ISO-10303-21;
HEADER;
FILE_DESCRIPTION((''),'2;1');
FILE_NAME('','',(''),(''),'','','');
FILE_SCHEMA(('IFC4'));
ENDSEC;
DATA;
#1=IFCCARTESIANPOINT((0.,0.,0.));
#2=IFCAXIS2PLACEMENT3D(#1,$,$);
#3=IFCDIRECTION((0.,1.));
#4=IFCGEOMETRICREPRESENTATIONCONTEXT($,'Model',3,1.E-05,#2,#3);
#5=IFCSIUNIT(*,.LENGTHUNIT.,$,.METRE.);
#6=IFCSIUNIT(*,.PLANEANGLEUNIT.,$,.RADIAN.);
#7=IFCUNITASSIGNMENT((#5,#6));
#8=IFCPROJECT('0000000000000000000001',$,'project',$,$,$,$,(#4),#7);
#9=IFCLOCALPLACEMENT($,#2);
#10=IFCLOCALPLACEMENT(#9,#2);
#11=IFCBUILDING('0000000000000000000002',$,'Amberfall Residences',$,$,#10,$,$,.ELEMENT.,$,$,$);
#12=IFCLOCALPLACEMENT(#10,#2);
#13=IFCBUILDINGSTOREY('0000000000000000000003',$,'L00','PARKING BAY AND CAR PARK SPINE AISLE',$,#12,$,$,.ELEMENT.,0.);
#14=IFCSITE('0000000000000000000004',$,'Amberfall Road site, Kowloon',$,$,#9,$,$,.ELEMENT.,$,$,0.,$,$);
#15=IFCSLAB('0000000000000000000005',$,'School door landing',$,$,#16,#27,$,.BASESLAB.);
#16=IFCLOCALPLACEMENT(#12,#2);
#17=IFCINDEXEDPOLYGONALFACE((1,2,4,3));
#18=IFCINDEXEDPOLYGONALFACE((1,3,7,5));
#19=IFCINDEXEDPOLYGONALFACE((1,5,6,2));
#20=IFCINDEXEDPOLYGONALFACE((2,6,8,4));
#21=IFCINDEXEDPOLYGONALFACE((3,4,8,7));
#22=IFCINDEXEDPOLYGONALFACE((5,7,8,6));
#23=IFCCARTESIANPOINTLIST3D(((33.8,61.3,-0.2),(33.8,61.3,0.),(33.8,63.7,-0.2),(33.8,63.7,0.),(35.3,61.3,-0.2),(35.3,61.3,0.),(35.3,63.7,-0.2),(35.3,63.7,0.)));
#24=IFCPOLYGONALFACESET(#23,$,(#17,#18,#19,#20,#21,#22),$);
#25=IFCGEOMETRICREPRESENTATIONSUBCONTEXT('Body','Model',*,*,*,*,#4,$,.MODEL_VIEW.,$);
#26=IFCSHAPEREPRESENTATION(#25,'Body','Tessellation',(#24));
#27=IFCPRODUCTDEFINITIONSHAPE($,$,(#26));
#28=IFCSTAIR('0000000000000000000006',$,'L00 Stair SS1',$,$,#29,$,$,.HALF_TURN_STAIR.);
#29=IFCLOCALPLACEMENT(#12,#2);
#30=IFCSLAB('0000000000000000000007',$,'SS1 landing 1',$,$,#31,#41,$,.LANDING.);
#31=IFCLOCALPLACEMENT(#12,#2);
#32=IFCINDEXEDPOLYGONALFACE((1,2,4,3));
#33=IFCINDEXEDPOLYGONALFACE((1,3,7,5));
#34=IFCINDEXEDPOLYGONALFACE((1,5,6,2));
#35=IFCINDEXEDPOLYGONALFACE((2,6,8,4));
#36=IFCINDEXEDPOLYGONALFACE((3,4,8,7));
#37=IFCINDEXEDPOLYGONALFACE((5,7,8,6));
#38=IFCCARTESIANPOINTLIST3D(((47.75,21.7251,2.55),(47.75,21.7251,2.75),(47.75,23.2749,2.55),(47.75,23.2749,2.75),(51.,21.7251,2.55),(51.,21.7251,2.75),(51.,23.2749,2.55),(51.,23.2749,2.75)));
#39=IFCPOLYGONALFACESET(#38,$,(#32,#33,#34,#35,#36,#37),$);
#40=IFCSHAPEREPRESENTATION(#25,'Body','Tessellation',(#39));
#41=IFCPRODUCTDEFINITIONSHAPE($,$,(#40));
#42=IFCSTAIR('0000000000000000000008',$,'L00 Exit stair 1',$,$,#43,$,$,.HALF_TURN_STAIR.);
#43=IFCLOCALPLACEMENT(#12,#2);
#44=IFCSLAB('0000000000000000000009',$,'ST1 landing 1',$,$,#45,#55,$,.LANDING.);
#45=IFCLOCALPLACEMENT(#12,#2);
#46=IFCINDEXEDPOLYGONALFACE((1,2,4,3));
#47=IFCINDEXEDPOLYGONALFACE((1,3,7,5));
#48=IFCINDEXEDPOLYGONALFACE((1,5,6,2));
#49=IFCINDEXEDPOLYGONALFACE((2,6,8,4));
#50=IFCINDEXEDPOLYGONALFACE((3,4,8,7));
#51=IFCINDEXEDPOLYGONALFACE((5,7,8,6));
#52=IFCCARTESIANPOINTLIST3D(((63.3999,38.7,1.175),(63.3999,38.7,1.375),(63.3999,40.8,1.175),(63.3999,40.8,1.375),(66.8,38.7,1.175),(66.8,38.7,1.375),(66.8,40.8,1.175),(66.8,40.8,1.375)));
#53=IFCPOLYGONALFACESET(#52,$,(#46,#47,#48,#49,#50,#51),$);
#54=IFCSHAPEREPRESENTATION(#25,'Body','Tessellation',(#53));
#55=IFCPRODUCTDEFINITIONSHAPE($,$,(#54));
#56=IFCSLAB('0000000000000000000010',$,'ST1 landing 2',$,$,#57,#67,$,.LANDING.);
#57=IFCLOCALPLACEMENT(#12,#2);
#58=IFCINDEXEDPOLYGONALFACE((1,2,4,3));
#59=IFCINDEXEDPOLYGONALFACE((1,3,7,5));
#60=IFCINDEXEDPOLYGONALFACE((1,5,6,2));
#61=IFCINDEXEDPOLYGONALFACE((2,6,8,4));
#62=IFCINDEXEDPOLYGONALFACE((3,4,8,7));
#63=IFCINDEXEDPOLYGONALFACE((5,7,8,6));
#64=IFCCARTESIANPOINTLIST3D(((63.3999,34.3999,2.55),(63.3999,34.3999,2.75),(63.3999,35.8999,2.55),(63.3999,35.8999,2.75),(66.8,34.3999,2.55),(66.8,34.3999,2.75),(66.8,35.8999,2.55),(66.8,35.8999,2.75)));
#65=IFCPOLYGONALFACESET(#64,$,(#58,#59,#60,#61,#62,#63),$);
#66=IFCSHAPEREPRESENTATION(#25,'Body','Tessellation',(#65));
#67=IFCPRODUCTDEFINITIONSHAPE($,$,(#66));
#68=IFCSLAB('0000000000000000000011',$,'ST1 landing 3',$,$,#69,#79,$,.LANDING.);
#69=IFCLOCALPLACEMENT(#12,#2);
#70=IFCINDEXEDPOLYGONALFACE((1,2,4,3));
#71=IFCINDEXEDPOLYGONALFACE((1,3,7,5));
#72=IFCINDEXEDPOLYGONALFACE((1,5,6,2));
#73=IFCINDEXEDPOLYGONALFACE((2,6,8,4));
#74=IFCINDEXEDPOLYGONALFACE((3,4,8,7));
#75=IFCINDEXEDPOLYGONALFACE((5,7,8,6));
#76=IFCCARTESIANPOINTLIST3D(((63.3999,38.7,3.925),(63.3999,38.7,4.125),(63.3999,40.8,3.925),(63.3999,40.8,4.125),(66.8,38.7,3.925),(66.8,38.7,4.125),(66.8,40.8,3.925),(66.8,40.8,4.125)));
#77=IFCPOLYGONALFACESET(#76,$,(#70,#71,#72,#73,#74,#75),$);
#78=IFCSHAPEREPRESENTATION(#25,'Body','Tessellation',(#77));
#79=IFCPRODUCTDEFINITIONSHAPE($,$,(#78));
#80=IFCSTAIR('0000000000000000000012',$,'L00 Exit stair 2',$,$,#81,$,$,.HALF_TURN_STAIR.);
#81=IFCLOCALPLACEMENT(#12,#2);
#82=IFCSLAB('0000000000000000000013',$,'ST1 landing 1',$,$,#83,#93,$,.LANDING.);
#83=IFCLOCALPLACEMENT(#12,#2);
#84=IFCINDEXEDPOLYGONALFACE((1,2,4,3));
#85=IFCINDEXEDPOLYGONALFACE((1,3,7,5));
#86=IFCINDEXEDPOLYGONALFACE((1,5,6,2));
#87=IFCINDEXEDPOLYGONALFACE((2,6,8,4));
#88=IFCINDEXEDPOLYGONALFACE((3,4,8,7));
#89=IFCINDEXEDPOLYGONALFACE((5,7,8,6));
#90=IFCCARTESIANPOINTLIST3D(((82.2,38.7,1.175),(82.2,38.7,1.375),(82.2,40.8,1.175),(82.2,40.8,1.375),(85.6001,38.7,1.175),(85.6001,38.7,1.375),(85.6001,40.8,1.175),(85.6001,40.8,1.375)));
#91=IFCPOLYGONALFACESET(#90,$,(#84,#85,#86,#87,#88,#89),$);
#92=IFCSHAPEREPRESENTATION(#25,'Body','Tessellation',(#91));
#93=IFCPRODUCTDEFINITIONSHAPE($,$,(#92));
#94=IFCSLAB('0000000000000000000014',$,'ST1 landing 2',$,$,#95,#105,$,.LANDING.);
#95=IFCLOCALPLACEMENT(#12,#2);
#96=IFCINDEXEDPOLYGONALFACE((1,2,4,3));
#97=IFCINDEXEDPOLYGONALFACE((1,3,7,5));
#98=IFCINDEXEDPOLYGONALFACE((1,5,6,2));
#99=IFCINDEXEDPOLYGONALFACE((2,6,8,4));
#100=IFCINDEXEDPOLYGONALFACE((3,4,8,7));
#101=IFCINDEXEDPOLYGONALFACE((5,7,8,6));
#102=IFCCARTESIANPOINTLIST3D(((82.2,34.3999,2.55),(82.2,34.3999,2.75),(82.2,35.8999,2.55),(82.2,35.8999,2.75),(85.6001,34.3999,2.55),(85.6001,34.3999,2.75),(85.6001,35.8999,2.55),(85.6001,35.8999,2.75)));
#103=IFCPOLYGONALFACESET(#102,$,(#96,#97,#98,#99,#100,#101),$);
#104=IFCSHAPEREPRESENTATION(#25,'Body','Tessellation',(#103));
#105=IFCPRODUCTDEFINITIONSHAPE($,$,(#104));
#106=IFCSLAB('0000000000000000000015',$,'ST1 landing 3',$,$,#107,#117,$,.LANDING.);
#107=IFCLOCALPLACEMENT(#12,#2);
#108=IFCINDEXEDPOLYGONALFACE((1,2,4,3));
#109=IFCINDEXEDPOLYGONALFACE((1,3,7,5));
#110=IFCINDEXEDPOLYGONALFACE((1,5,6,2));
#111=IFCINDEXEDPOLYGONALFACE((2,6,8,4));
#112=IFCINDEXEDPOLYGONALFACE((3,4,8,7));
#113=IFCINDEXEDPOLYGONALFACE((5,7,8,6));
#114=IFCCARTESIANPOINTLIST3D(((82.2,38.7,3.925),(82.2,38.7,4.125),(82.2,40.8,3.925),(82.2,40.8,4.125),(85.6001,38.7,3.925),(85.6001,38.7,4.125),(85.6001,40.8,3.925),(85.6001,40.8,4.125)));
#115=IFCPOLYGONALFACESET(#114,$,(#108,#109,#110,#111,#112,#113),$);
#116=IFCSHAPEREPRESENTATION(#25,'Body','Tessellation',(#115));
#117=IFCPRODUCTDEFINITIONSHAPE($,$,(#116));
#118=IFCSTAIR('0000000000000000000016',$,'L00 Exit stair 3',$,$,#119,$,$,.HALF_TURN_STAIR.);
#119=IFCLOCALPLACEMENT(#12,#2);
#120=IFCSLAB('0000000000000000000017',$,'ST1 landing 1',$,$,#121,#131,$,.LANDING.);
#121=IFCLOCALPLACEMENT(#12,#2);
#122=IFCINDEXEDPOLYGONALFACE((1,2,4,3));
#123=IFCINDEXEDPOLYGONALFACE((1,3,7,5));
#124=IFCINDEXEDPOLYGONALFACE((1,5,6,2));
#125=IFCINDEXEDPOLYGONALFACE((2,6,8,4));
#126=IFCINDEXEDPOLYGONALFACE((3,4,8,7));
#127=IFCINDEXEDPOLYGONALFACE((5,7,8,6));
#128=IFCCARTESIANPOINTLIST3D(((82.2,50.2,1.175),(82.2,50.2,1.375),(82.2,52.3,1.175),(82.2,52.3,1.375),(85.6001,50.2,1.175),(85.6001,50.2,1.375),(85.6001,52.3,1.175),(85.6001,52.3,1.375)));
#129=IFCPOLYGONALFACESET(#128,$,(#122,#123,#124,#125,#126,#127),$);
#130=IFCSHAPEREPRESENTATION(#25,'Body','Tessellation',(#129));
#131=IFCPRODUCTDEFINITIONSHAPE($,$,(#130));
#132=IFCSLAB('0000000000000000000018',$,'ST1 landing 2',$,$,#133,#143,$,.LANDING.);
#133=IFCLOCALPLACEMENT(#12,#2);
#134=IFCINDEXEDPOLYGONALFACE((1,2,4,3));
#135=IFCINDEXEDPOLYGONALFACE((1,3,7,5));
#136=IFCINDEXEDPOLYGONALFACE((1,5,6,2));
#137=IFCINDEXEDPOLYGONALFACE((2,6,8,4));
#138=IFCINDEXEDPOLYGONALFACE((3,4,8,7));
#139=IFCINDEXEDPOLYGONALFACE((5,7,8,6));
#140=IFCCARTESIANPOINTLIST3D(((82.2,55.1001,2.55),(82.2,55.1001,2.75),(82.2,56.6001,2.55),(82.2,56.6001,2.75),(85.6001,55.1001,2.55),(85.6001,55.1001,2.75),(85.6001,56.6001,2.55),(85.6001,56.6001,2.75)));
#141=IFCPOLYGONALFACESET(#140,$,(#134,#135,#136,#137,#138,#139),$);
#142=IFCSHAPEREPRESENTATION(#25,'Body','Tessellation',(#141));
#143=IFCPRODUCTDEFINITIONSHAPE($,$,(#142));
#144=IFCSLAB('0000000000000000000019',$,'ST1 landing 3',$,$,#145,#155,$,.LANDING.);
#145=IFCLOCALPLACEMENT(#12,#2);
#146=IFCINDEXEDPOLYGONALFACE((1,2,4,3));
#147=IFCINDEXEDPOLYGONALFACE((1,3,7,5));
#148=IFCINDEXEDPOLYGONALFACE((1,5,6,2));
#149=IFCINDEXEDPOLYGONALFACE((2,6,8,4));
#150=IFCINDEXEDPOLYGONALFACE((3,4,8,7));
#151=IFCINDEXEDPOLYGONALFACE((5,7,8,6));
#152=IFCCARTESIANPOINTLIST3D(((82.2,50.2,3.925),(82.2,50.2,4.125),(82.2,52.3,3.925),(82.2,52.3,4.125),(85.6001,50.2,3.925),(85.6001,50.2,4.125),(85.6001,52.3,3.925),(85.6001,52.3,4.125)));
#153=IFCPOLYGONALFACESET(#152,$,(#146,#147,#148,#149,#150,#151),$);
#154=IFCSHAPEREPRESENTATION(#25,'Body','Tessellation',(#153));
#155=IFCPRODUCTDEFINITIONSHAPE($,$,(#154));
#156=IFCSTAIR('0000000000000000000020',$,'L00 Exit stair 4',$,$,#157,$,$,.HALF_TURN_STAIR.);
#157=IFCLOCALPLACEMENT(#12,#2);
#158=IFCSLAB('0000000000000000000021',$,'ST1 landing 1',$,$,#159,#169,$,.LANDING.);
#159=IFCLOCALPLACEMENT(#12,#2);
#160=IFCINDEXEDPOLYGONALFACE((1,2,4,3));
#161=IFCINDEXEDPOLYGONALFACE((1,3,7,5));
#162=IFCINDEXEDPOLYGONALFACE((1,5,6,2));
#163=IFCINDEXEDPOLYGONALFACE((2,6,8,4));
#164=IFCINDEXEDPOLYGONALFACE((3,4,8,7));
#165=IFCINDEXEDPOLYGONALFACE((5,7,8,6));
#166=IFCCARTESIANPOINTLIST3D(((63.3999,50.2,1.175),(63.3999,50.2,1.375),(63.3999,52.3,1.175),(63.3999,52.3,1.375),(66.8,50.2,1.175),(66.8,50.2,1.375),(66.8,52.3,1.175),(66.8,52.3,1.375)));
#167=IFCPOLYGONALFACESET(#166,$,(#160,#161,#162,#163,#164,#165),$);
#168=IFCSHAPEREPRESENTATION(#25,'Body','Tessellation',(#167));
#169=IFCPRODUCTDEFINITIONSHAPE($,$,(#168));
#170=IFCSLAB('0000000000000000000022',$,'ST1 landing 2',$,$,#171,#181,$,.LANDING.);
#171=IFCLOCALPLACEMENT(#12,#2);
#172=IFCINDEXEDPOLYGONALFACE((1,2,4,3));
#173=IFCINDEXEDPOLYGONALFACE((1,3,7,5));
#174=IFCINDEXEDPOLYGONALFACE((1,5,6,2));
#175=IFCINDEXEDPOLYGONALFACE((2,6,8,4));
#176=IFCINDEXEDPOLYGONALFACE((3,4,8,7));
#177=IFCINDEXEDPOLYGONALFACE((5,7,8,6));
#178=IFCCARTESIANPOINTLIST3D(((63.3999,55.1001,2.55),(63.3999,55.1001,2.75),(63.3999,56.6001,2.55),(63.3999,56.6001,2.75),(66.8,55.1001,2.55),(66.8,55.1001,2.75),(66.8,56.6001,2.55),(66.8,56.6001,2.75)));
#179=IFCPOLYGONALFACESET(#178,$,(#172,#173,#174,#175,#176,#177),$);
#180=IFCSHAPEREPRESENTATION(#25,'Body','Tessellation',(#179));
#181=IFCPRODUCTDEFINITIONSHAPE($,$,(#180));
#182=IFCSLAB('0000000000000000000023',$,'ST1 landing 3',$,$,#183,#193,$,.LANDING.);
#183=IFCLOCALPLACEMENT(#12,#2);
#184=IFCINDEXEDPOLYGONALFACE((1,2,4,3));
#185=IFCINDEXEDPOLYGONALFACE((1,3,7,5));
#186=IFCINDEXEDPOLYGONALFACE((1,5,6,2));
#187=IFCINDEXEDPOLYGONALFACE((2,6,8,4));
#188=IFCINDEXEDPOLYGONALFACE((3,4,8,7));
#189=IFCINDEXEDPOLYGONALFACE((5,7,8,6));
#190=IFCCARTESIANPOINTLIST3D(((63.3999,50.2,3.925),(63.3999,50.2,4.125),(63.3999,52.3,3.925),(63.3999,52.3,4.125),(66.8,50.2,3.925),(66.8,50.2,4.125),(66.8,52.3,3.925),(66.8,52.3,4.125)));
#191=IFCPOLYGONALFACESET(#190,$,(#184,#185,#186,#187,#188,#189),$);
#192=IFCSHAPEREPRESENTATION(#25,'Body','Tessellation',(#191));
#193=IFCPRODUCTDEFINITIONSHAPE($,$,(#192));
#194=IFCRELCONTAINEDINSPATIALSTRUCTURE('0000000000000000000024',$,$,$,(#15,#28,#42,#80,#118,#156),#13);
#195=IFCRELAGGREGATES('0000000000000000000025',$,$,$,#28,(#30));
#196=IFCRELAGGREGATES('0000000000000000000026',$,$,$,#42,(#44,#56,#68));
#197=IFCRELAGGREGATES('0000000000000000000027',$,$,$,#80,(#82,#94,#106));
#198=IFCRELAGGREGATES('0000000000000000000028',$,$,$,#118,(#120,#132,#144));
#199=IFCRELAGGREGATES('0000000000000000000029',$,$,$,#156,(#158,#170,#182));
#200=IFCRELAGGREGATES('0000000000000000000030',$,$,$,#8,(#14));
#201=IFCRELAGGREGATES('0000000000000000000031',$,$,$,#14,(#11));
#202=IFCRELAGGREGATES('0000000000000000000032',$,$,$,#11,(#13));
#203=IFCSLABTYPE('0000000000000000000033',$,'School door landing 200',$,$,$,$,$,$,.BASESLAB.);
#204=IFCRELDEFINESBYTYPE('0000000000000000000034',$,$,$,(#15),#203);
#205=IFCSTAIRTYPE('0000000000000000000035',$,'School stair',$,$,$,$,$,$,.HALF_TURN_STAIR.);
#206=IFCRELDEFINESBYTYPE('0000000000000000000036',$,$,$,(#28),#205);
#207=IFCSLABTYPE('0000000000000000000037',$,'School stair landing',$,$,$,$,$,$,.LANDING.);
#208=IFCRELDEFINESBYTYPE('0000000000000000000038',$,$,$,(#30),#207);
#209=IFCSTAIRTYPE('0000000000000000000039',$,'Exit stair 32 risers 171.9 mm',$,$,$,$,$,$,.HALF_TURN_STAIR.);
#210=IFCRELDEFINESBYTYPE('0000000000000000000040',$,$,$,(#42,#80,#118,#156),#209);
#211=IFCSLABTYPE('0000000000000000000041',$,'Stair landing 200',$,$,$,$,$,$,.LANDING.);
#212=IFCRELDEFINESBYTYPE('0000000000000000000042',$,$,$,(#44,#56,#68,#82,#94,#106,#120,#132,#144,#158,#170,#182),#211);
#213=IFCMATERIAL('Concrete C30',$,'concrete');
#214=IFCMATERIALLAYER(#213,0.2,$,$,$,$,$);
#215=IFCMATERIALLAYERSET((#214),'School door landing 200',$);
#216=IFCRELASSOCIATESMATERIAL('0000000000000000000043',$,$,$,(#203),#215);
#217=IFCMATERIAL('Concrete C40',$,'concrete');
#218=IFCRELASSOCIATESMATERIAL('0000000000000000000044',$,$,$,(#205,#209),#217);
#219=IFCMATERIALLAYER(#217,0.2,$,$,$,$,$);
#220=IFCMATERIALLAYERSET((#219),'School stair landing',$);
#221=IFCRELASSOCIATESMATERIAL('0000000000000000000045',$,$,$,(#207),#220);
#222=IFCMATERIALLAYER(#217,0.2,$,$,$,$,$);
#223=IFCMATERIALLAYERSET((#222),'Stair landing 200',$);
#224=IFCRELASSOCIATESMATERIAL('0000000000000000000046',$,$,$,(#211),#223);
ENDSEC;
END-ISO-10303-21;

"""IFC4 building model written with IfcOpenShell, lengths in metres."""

from ifc_helpers import new_model, si_unit, direction, frame, origin, place, context, subcontext, project, spatial, polyline, outline, extrude, material, layer, layer_set, type_object, element, aggregate, save


model = new_model("IFC4")

# Units and contexts
model_context = context("Model", 3, precision=1e-05, world=origin(), true_north=direction((0.0, 1.0)))
body_context = subcontext(model_context, "Body", "Model", "MODEL_VIEW")
ifc_project = project(units=[si_unit("LENGTHUNIT", "METRE"), si_unit("PLANEANGLEUNIT", "RADIAN")], contexts=[model_context])

# Site, building, storey
site_placement = place(None, origin())
site = spatial("IfcSite", under=ifc_project, at=site_placement, Name="Amberfall Road site, Kowloon", CompositionType="ELEMENT", RefElevation=0.0)
building_placement = place(site_placement, origin())
building = spatial("IfcBuilding", under=site, at=building_placement, Name="Amberfall Residences", CompositionType="ELEMENT")
storey_placement = place(building_placement, origin())
storey = spatial("IfcBuildingStorey", under=building, at=storey_placement, Name="L00", Description="PARKING BAY AND CAR PARK SPINE AISLE", CompositionType="ELEMENT", Elevation=0.0)

# Slab
ifc_material_1 = material(Name="Concrete C30", Category="concrete")
ifc_layer_1 = layer(ifc_material_1, 0.2)
ifc_layer_set_1 = layer_set([ifc_layer_1], Name="School door landing 200")
slab_type_1 = type_object("IfcSlabType", Name="School door landing 200", PredefinedType="BASESLAB", material=ifc_layer_set_1)
slab_1_placement = place(storey_placement, frame((0.0, 0.0, -0.2)))
element("IfcSlab", 1, at=slab_1_placement, inside=storey, type_object=slab_type_1, Name="School door landing", PredefinedType="BASESLAB", context=body_context, shape_type="SweptSolid", body=[
    extrude(outline(polyline([(33.8, 61.3), (35.3, 61.3), (35.3, 63.7), (33.8, 63.7), (33.8, 61.3)])), origin(), (0.0, 0.0, 1.0), 0.2),
])

# Stair, slab
ifc_material_2 = material(Name="Concrete C40", Category="concrete")
stair_type_1 = type_object("IfcStairType", Name="School stair", PredefinedType="HALF_TURN_STAIR", material=ifc_material_2)
stair_1_placement = place(storey_placement, origin())
stair_1 = element("IfcStair", 2, at=stair_1_placement, inside=storey, type_object=stair_type_1, Name="L00 Stair SS1", PredefinedType="HALF_TURN_STAIR")
ifc_layer_2 = layer(ifc_material_2, 0.2)
ifc_layer_set_2 = layer_set([ifc_layer_2], Name="School stair landing")
slab_type_2 = type_object("IfcSlabType", Name="School stair landing", PredefinedType="LANDING", material=ifc_layer_set_2)
slab_2_placement = place(storey_placement, frame((0.0, 0.0, 2.55)))
slab_2 = element("IfcSlab", 3, at=slab_2_placement, type_object=slab_type_2, Name="SS1 landing 1", PredefinedType="LANDING", context=body_context, shape_type="SweptSolid", body=[
    extrude(outline(polyline([(51.0, 21.7251), (51.0, 23.2749), (47.75, 23.2749), (47.75, 21.7251), (51.0, 21.7251)])), origin(), (0.0, 0.0, 1.0), 0.2),
])
aggregate(stair_1, [slab_2])

# Stairs, slabs
stair_type_2 = type_object("IfcStairType", Name="Exit stair 32 risers 171.9 mm", PredefinedType="HALF_TURN_STAIR", material=ifc_material_2)
stair_2_placement = place(storey_placement, origin())
stair_2 = element("IfcStair", 4, at=stair_2_placement, inside=storey, type_object=stair_type_2, Name="L00 Exit stair 1", PredefinedType="HALF_TURN_STAIR")
ifc_layer_3 = layer(ifc_material_2, 0.2)
ifc_layer_set_3 = layer_set([ifc_layer_3], Name="Stair landing 200")
slab_type_3 = type_object("IfcSlabType", Name="Stair landing 200", PredefinedType="LANDING", material=ifc_layer_set_3)
slab_3_placement = place(storey_placement, frame((0.0, 0.0, 1.175)))
slab_3 = element("IfcSlab", 5, at=slab_3_placement, type_object=slab_type_3, Name="ST1 landing 1", PredefinedType="LANDING", context=body_context, shape_type="SweptSolid", body=[
    extrude(outline(polyline([(66.8, 38.7), (66.8, 40.8), (63.3999, 40.8), (63.3999, 38.7), (66.8, 38.7)])), origin(), (0.0, 0.0, 1.0), 0.2),
])
slab_4_placement = place(storey_placement, frame((0.0, 0.0, 2.55)))
slab_4 = element("IfcSlab", 6, at=slab_4_placement, type_object=slab_type_3, Name="ST1 landing 2", PredefinedType="LANDING", context=body_context, shape_type="SweptSolid", body=[
    extrude(outline(polyline([(66.8, 34.3999), (66.8, 35.8999), (63.3999, 35.8999), (63.3999, 34.3999), (66.8, 34.3999)])), origin(), (0.0, 0.0, 1.0), 0.2),
])
slab_5_placement = place(storey_placement, frame((0.0, 0.0, 3.925)))
slab_5 = element("IfcSlab", 7, at=slab_5_placement, type_object=slab_type_3, Name="ST1 landing 3", PredefinedType="LANDING", context=body_context, shape_type="SweptSolid", body=[
    extrude(outline(polyline([(66.8, 38.7), (66.8, 40.8), (63.3999, 40.8), (63.3999, 38.7), (66.8, 38.7)])), origin(), (0.0, 0.0, 1.0), 0.2),
])
aggregate(stair_2, [slab_3, slab_4, slab_5])
stair_3_placement = place(storey_placement, origin())
stair_3 = element("IfcStair", 8, at=stair_3_placement, inside=storey, type_object=stair_type_2, Name="L00 Exit stair 2", PredefinedType="HALF_TURN_STAIR")
slab_6_placement = place(storey_placement, frame((0.0, 0.0, 1.175)))
slab_6 = element("IfcSlab", 9, at=slab_6_placement, type_object=slab_type_3, Name="ST1 landing 1", PredefinedType="LANDING", context=body_context, shape_type="SweptSolid", body=[
    extrude(outline(polyline([(85.6001, 38.7), (85.6001, 40.8), (82.2, 40.8), (82.2, 38.7), (85.6001, 38.7)])), origin(), (0.0, 0.0, 1.0), 0.2),
])
slab_7_placement = place(storey_placement, frame((0.0, 0.0, 2.55)))
slab_7 = element("IfcSlab", 10, at=slab_7_placement, type_object=slab_type_3, Name="ST1 landing 2", PredefinedType="LANDING", context=body_context, shape_type="SweptSolid", body=[
    extrude(outline(polyline([(85.6001, 34.3999), (85.6001, 35.8999), (82.2, 35.8999), (82.2, 34.3999), (85.6001, 34.3999)])), origin(), (0.0, 0.0, 1.0), 0.2),
])
slab_8_placement = place(storey_placement, frame((0.0, 0.0, 3.925)))
slab_8 = element("IfcSlab", 11, at=slab_8_placement, type_object=slab_type_3, Name="ST1 landing 3", PredefinedType="LANDING", context=body_context, shape_type="SweptSolid", body=[
    extrude(outline(polyline([(85.6001, 38.7), (85.6001, 40.8), (82.2, 40.8), (82.2, 38.7), (85.6001, 38.7)])), origin(), (0.0, 0.0, 1.0), 0.2),
])
aggregate(stair_3, [slab_6, slab_7, slab_8])
stair_4_placement = place(storey_placement, origin())
stair_4 = element("IfcStair", 12, at=stair_4_placement, inside=storey, type_object=stair_type_2, Name="L00 Exit stair 3", PredefinedType="HALF_TURN_STAIR")
slab_9_placement = place(storey_placement, frame((0.0, 0.0, 1.175)))
slab_9 = element("IfcSlab", 13, at=slab_9_placement, type_object=slab_type_3, Name="ST1 landing 1", PredefinedType="LANDING", context=body_context, shape_type="SweptSolid", body=[
    extrude(outline(polyline([(82.2, 52.3), (82.2, 50.2), (85.6001, 50.2), (85.6001, 52.3), (82.2, 52.3)])), origin(), (0.0, 0.0, 1.0), 0.2),
])
slab_10_placement = place(storey_placement, frame((0.0, 0.0, 2.55)))
slab_10 = element("IfcSlab", 14, at=slab_10_placement, type_object=slab_type_3, Name="ST1 landing 2", PredefinedType="LANDING", context=body_context, shape_type="SweptSolid", body=[
    extrude(outline(polyline([(82.2, 56.6001), (82.2, 55.1001), (85.6001, 55.1001), (85.6001, 56.6001), (82.2, 56.6001)])), origin(), (0.0, 0.0, 1.0), 0.2),
])
slab_11_placement = place(storey_placement, frame((0.0, 0.0, 3.925)))
slab_11 = element("IfcSlab", 15, at=slab_11_placement, type_object=slab_type_3, Name="ST1 landing 3", PredefinedType="LANDING", context=body_context, shape_type="SweptSolid", body=[
    extrude(outline(polyline([(82.2, 52.3), (82.2, 50.2), (85.6001, 50.2), (85.6001, 52.3), (82.2, 52.3)])), origin(), (0.0, 0.0, 1.0), 0.2),
])
aggregate(stair_4, [slab_9, slab_10, slab_11])
stair_5_placement = place(storey_placement, origin())
stair_5 = element("IfcStair", 16, at=stair_5_placement, inside=storey, type_object=stair_type_2, Name="L00 Exit stair 4", PredefinedType="HALF_TURN_STAIR")
slab_12_placement = place(storey_placement, frame((0.0, 0.0, 1.175)))
slab_12 = element("IfcSlab", 17, at=slab_12_placement, type_object=slab_type_3, Name="ST1 landing 1", PredefinedType="LANDING", context=body_context, shape_type="SweptSolid", body=[
    extrude(outline(polyline([(63.3999, 52.3), (63.3999, 50.2), (66.8, 50.2), (66.8, 52.3), (63.3999, 52.3)])), origin(), (0.0, 0.0, 1.0), 0.2),
])
slab_13_placement = place(storey_placement, frame((0.0, 0.0, 2.55)))
slab_13 = element("IfcSlab", 18, at=slab_13_placement, type_object=slab_type_3, Name="ST1 landing 2", PredefinedType="LANDING", context=body_context, shape_type="SweptSolid", body=[
    extrude(outline(polyline([(63.3999, 56.6001), (63.3999, 55.1001), (66.8, 55.1001), (66.8, 56.6001), (63.3999, 56.6001)])), origin(), (0.0, 0.0, 1.0), 0.2),
])
slab_14_placement = place(storey_placement, frame((0.0, 0.0, 3.925)))
slab_14 = element("IfcSlab", 19, at=slab_14_placement, type_object=slab_type_3, Name="ST1 landing 3", PredefinedType="LANDING", context=body_context, shape_type="SweptSolid", body=[
    extrude(outline(polyline([(63.3999, 52.3), (63.3999, 50.2), (66.8, 50.2), (66.8, 52.3), (63.3999, 52.3)])), origin(), (0.0, 0.0, 1.0), 0.2),
])
aggregate(stair_5, [slab_12, slab_13, slab_14])

save(model, "model.ifc")
